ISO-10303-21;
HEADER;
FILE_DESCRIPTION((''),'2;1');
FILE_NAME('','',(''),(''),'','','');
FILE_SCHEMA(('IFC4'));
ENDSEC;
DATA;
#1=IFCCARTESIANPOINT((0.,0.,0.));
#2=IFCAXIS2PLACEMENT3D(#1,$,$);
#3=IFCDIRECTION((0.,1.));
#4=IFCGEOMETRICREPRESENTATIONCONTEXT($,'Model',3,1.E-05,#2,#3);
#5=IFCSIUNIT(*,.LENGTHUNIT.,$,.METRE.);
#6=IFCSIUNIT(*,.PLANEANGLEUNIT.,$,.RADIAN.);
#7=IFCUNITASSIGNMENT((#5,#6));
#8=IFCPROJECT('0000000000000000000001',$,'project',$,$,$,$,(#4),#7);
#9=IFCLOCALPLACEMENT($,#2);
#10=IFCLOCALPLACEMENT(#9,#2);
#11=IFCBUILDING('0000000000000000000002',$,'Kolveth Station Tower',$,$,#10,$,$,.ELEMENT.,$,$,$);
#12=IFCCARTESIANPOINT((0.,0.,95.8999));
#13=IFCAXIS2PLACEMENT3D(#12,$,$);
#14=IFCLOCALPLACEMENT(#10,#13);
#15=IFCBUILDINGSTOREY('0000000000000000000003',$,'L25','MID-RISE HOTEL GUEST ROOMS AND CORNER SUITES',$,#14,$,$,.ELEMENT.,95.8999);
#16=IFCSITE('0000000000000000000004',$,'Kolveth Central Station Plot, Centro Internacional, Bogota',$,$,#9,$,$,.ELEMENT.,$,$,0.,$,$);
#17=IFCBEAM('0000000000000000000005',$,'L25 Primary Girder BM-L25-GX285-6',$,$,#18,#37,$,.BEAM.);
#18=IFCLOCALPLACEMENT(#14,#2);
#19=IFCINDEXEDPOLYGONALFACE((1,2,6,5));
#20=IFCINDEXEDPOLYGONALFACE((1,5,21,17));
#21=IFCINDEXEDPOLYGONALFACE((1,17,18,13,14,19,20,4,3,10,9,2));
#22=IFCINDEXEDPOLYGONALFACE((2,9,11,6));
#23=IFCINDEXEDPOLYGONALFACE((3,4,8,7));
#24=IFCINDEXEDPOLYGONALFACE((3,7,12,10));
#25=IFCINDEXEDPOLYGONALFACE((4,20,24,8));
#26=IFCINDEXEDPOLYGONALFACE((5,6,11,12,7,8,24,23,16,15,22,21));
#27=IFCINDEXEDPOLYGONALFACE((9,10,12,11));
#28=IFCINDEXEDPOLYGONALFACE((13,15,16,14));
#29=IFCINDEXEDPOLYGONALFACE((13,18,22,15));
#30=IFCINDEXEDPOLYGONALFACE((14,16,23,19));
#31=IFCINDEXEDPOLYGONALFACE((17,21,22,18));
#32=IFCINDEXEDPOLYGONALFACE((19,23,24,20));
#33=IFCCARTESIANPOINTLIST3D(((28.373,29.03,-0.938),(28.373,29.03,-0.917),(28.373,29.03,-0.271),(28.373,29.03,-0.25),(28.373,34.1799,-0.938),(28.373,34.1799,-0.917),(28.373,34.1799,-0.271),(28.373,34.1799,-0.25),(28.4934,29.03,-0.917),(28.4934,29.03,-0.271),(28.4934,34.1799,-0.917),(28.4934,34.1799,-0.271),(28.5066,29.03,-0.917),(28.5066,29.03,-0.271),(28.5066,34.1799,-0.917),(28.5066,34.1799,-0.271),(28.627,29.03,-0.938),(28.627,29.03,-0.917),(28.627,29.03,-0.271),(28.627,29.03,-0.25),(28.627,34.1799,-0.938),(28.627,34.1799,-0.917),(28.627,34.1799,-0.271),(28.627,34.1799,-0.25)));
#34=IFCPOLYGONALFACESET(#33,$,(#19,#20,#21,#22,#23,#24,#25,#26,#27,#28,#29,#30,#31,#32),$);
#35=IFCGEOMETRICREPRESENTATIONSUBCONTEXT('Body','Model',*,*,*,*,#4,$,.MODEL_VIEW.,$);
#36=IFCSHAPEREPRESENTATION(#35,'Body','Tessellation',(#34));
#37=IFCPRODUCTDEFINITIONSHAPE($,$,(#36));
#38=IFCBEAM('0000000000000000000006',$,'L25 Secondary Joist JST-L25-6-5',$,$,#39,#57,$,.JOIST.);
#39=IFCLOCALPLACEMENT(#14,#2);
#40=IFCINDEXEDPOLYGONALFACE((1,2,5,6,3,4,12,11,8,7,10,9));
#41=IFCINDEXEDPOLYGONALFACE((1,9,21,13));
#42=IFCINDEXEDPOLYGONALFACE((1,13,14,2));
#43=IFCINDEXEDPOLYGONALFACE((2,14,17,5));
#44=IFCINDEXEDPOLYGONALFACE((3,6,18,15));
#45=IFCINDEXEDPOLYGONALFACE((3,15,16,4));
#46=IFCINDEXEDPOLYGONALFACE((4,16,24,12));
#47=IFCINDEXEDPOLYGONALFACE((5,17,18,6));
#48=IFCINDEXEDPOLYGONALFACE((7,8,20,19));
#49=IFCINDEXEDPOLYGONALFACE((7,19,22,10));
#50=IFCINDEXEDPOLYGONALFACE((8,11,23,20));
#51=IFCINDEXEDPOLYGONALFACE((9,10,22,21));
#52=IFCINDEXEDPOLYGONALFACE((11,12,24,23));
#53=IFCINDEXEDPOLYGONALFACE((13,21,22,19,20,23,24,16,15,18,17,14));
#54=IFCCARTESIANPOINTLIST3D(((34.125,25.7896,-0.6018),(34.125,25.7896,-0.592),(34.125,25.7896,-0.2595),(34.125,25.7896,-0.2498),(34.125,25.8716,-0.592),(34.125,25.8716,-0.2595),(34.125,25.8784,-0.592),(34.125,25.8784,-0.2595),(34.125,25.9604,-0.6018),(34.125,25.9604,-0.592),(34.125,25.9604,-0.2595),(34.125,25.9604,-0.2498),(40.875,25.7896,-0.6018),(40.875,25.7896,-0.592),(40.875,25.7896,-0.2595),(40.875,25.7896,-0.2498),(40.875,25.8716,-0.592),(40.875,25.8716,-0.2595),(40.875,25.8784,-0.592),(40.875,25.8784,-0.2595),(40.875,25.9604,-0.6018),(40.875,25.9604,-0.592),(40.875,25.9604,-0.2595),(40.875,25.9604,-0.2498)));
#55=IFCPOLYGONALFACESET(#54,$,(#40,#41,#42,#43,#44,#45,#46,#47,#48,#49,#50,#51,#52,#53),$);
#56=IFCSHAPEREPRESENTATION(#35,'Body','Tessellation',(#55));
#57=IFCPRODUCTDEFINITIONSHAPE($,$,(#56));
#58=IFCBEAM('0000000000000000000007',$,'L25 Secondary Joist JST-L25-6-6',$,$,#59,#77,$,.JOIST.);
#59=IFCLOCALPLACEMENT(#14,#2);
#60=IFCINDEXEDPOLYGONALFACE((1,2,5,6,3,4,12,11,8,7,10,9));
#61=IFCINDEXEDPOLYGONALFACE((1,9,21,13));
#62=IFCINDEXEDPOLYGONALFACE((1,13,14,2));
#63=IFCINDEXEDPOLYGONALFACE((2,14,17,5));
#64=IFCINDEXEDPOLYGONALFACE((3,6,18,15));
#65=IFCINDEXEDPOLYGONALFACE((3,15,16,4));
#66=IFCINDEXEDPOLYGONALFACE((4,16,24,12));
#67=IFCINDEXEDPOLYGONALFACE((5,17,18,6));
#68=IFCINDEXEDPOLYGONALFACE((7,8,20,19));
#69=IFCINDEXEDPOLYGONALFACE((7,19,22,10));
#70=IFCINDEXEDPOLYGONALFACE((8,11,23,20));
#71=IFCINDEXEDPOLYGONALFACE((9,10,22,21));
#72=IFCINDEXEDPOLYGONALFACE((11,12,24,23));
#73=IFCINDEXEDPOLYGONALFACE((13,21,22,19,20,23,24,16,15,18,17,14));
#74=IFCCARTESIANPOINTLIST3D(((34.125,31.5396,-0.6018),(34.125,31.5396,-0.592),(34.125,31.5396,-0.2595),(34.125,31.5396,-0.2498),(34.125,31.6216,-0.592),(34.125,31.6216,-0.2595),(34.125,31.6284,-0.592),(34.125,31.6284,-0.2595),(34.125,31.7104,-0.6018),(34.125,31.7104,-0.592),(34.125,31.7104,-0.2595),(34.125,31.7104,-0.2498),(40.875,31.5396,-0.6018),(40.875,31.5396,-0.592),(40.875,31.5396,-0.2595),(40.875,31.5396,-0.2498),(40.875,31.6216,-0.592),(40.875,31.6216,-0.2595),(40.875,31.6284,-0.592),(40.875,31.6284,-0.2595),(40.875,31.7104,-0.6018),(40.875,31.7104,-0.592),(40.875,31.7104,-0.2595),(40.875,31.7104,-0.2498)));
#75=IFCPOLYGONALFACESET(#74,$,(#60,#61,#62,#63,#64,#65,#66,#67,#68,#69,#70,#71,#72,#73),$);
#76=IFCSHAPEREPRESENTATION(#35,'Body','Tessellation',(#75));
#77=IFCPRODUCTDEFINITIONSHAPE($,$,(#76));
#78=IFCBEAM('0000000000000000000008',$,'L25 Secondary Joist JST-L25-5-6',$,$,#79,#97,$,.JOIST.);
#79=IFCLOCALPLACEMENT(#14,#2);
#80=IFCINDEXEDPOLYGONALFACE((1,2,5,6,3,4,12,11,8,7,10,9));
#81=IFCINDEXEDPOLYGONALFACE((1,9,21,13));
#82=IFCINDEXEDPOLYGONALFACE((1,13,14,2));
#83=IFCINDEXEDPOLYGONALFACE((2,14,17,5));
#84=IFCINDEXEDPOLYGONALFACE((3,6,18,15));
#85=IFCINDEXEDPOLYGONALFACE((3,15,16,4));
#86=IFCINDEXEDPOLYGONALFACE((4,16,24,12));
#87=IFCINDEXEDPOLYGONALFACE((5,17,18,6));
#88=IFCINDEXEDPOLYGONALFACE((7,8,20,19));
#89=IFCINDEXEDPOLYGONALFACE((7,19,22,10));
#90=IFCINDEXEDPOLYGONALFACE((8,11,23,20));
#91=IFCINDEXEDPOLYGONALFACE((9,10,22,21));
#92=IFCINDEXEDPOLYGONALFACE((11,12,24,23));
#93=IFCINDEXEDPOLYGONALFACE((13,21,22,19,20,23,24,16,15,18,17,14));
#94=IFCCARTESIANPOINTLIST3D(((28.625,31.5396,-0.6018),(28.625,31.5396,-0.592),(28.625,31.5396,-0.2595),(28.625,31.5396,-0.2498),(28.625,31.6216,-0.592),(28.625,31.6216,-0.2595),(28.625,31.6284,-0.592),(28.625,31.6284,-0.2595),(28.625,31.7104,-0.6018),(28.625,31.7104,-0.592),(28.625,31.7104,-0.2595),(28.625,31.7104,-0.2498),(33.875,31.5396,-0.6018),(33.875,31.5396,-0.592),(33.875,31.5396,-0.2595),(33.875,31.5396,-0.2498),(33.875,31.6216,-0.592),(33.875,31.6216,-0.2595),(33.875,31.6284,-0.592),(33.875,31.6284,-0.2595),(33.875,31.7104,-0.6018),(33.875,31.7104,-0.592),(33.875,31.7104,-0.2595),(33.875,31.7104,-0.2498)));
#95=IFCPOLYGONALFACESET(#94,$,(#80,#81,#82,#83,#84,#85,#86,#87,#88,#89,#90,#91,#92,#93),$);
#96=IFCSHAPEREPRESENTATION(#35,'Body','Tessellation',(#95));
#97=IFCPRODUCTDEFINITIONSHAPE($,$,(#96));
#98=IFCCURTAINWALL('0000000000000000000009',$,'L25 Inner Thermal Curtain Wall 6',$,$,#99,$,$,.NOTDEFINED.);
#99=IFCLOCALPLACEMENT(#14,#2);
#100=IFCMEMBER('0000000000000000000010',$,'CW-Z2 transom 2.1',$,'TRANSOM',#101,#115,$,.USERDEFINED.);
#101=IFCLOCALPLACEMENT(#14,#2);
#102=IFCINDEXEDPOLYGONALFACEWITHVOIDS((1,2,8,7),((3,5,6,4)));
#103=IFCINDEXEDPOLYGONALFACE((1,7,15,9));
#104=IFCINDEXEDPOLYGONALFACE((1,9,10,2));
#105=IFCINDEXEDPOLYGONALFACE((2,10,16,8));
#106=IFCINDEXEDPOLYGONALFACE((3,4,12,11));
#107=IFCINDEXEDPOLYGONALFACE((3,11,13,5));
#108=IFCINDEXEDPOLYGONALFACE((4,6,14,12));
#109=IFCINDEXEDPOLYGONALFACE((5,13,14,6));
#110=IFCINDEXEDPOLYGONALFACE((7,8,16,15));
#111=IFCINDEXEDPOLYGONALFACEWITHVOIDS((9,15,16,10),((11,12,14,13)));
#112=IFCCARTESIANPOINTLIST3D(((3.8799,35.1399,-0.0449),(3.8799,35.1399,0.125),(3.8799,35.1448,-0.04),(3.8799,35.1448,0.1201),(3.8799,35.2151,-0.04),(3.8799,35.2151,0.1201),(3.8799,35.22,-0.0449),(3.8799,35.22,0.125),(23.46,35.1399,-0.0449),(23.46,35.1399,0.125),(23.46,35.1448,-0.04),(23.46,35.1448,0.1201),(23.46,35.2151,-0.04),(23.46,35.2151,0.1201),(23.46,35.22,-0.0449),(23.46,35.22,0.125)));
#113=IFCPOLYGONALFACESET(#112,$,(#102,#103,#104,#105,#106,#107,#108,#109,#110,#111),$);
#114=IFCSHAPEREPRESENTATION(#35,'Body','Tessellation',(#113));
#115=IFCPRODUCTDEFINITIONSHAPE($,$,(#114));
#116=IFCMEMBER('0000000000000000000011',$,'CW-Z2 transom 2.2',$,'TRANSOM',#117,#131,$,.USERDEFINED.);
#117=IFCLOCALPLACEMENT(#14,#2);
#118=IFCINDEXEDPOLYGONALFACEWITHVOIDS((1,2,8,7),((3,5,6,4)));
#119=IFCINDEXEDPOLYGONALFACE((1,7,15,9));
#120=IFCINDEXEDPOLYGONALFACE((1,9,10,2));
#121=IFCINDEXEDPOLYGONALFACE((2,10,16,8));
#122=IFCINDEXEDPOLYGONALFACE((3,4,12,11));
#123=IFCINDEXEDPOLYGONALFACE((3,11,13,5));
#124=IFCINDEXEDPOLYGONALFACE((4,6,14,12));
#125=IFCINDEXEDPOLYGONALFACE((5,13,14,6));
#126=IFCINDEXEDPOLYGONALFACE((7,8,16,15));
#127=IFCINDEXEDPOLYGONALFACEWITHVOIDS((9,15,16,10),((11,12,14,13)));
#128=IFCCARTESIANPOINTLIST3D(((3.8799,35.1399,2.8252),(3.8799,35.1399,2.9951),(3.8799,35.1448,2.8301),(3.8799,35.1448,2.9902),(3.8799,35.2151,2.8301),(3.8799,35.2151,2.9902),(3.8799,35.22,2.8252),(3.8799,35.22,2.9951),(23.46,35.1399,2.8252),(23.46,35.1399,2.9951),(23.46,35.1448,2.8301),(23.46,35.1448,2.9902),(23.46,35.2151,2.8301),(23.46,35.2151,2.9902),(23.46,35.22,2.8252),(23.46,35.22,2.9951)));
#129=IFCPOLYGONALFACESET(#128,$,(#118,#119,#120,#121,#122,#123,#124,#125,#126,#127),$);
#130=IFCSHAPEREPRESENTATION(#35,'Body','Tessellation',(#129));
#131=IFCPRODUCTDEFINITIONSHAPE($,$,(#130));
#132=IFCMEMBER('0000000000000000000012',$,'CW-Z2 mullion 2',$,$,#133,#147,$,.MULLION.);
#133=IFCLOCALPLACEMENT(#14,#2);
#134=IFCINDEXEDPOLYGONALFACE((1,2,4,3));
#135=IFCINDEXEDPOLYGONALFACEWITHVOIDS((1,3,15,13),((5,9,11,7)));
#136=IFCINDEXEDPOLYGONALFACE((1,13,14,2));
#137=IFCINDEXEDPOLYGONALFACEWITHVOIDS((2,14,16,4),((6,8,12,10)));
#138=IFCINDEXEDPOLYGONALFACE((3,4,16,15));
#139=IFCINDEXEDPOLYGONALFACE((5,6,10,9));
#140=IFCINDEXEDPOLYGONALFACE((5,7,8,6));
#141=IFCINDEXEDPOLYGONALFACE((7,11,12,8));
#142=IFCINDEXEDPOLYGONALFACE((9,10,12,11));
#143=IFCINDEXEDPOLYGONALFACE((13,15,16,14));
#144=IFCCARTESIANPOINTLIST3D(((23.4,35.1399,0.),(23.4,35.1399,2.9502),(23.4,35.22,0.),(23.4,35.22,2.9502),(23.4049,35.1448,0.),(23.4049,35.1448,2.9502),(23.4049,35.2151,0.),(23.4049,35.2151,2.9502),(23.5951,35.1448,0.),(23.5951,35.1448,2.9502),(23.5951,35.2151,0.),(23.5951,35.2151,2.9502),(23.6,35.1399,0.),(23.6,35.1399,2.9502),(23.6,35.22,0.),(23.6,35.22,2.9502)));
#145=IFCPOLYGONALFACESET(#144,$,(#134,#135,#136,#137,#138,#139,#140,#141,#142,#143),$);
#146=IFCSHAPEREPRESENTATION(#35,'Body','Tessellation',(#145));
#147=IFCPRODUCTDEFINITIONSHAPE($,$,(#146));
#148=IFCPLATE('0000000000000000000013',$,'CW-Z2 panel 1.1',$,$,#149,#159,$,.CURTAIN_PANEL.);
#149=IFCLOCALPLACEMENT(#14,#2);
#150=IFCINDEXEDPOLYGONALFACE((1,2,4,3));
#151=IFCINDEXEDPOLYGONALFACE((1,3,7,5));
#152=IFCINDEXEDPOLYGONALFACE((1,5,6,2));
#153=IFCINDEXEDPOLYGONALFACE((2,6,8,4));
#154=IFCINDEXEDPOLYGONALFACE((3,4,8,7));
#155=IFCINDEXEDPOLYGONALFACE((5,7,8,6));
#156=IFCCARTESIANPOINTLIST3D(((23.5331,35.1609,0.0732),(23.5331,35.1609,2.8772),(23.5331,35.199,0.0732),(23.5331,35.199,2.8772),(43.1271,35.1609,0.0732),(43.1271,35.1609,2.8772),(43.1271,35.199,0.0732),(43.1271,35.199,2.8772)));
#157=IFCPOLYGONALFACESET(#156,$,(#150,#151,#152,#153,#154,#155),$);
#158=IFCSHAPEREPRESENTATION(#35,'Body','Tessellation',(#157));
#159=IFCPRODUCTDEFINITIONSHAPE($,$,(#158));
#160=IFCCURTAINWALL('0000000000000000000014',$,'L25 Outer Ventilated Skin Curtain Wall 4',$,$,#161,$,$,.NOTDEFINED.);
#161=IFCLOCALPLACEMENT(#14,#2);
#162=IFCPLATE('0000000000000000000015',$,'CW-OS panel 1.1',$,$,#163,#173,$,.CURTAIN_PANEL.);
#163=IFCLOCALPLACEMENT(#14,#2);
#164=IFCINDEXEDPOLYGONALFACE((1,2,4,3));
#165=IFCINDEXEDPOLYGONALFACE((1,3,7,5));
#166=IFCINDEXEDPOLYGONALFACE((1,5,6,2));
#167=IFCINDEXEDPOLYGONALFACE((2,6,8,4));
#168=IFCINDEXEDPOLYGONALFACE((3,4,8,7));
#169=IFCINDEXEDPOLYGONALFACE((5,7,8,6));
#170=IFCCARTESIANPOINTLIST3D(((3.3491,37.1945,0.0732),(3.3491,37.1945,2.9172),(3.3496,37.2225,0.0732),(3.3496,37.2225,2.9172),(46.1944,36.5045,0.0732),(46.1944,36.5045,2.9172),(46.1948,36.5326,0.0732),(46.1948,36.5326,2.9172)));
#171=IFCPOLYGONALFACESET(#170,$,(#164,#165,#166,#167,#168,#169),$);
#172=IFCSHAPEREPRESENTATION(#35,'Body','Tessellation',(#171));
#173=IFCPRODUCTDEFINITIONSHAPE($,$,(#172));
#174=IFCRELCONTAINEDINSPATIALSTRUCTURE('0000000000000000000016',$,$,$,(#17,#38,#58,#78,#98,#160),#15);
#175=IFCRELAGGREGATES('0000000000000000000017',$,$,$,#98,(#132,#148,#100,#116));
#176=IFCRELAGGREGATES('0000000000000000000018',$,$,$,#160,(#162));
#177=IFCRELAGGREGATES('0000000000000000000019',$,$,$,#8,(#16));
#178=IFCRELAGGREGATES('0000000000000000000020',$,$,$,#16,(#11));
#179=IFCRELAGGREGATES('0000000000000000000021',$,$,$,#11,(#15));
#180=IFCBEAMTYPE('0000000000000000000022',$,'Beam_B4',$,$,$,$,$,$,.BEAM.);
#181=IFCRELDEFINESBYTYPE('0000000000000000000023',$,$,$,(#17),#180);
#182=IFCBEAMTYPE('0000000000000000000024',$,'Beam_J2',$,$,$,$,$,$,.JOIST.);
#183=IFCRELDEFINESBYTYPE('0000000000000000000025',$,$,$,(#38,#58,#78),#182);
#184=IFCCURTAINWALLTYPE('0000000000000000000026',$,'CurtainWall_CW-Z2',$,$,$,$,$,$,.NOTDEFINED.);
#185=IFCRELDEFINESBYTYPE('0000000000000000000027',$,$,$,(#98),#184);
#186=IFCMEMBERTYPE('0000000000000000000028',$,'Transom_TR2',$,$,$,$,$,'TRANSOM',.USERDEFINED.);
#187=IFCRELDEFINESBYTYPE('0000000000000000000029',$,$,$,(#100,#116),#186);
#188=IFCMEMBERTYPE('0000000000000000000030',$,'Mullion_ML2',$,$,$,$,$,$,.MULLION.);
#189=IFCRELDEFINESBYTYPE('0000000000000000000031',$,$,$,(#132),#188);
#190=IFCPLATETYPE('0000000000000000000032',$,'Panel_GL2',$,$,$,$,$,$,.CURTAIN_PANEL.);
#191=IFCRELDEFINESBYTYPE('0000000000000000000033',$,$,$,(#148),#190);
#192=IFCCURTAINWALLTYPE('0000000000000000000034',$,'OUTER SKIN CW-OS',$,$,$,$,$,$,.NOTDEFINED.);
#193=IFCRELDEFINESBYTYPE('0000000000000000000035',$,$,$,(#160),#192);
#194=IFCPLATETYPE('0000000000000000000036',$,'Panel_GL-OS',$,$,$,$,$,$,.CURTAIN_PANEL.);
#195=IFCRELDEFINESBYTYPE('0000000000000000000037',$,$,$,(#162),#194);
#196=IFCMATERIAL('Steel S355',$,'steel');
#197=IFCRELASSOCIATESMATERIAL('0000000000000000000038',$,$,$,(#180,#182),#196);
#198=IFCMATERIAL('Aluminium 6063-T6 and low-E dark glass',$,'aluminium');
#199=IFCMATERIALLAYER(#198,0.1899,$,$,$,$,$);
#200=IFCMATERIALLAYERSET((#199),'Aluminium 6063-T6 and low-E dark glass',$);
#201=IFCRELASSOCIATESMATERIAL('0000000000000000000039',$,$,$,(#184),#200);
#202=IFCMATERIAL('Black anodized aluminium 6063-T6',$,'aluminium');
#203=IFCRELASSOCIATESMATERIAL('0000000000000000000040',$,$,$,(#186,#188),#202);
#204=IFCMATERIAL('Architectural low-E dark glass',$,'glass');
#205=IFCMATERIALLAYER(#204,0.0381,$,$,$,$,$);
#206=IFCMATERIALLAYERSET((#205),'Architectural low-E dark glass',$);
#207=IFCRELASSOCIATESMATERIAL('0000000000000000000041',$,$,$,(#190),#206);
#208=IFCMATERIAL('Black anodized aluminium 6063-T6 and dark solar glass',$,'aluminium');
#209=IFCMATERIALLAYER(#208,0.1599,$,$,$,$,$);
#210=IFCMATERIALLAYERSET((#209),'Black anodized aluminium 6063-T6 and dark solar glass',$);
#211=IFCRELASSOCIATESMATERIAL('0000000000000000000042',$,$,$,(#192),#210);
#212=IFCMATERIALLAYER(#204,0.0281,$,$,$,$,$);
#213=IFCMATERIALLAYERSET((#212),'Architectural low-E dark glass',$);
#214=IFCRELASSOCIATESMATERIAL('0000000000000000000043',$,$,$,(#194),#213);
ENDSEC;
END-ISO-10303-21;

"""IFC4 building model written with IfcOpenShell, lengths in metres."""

from ifc_helpers import new_model, si_unit, direction, frame, origin, origin_2d, place, context, subcontext, project, spatial, rectangle, hollow_rectangle, i_section, extrude, source, transform, mapped, material, layer, layer_set, material_profile, profile_set, type_object, element, aggregate, save


model = new_model("IFC4")

# Units and contexts
model_context = context("Model", 3, precision=1e-05, world=origin(), true_north=direction((0.0, 1.0)))
body_context = subcontext(model_context, "Body", "Model", "MODEL_VIEW")
ifc_project = project(units=[si_unit("LENGTHUNIT", "METRE"), si_unit("PLANEANGLEUNIT", "RADIAN")], contexts=[model_context])

# Site, building, storey
site_placement = place(None, origin())
site = spatial("IfcSite", under=ifc_project, at=site_placement, Name="Kolveth Central Station Plot, Centro Internacional, Bogota", CompositionType="ELEMENT", RefElevation=0.0)
building_placement = place(site_placement, origin())
building = spatial("IfcBuilding", under=site, at=building_placement, Name="Kolveth Station Tower", CompositionType="ELEMENT")
storey_placement = place(building_placement, frame((0.0, 0.0, 95.8999)))
storey = spatial("IfcBuildingStorey", under=building, at=storey_placement, Name="L25", Description="MID-RISE HOTEL GUEST ROOMS AND CORNER SUITES", CompositionType="ELEMENT", Elevation=95.8999)

# Shared definitions
ifc_material_1 = material(Name="Steel S355", Category="steel")

# Beams
ifc_material_profile_1 = material_profile(ifc_material_1, i_section(OverallWidth=0.2539, OverallDepth=0.688, WebThickness=0.0132, FlangeThickness=0.021, at=origin_2d()), Name="W690x152")
ifc_profile_set_1 = profile_set([ifc_material_profile_1], Name="Steel S355")
beam_type_1 = type_object("IfcBeamType", Name="Beam_B4", PredefinedType="BEAM", material=ifc_profile_set_1)
shared_shape_1 = source(origin(), body_context, "Body", "SweptSolid", [
    extrude(i_section(OverallWidth=0.2539, OverallDepth=0.688, WebThickness=0.0132, FlangeThickness=0.021, at=origin_2d()), origin(), (0.0, 0.0, 1.0), 5.1499),
])
beam_1_placement = place(storey_placement, frame((28.5, 29.03, -0.594), z_axis=(0.0, 1.0, 0.0), x_axis=(-1.0, 0.0, 0.0)))
element("IfcBeam", 1, at=beam_1_placement, inside=storey, type_object=beam_type_1, Name="L25 Primary Girder BM-L25-GX285-6", PredefinedType="BEAM", context=body_context, shape_type="MappedRepresentation", body=[
    mapped(shared_shape_1, transform((0.0, 0.0, 0.0), x_axis=(1.0, 0.0, 0.0), y_axis=(0.0, 1.0, 0.0), z_axis=(0.0, 0.0, 1.0), scale=1.0)),
])
ifc_material_profile_2 = material_profile(ifc_material_1, i_section(OverallWidth=0.1709, OverallDepth=0.3521, WebThickness=0.0068, FlangeThickness=0.0098, at=origin_2d()), Name="W360x44")
ifc_profile_set_2 = profile_set([ifc_material_profile_2], Name="Steel S355")
beam_type_2 = type_object("IfcBeamType", Name="Beam_J2", PredefinedType="JOIST", material=ifc_profile_set_2)
shared_shape_2 = source(origin(), body_context, "Body", "SweptSolid", [
    extrude(i_section(OverallWidth=0.1709, OverallDepth=0.3521, WebThickness=0.0068, FlangeThickness=0.0098, at=origin_2d()), origin(), (0.0, 0.0, 1.0), 6.75),
])
for number, where, z_axis, x_axis, name in (
    (2, (34.125, 25.875, -0.4258), (1.0, 0.0, 0.0), (0.0, 1.0, 0.0), "L25 Secondary Joist JST-L25-6-5"),
    (3, (34.125, 31.625, -0.4258), (1.0, 0.0, 0.0), (0.0, 1.0, 0.0), "L25 Secondary Joist JST-L25-6-6"),
):
    element("IfcBeam", number, at=place(storey_placement, frame(where, z_axis=z_axis, x_axis=x_axis)), inside=storey, type_object=beam_type_2, Name=name, PredefinedType="JOIST", context=body_context, shape_type="MappedRepresentation", body=[
        mapped(shared_shape_2, transform((0.0, 0.0, 0.0), x_axis=(1.0, 0.0, 0.0), y_axis=(0.0, 1.0, 0.0), z_axis=(0.0, 0.0, 1.0), scale=1.0)),
    ])
shared_shape_3 = source(origin(), body_context, "Body", "SweptSolid", [
    extrude(i_section(OverallWidth=0.1709, OverallDepth=0.3521, WebThickness=0.0068, FlangeThickness=0.0098, at=origin_2d()), origin(), (0.0, 0.0, 1.0), 5.25),
])
beam_2_placement = place(storey_placement, frame((28.625, 31.625, -0.4258), z_axis=(1.0, 0.0, 0.0), x_axis=(0.0, 1.0, 0.0)))
element("IfcBeam", 4, at=beam_2_placement, inside=storey, type_object=beam_type_2, Name="L25 Secondary Joist JST-L25-5-6", PredefinedType="JOIST", context=body_context, shape_type="MappedRepresentation", body=[
    mapped(shared_shape_3, transform((0.0, 0.0, 0.0), x_axis=(1.0, 0.0, 0.0), y_axis=(0.0, 1.0, 0.0), z_axis=(0.0, 0.0, 1.0), scale=1.0)),
])

# Curtain wall, members, plate
ifc_material_2 = material(Name="Aluminium 6063-T6 and low-E dark glass", Category="aluminium")
ifc_layer_1 = layer(ifc_material_2, 0.1899)
ifc_layer_set_1 = layer_set([ifc_layer_1], Name="Aluminium 6063-T6 and low-E dark glass")
curtain_wall_type_1 = type_object("IfcCurtainWallType", Name="CurtainWall_CW-Z2", PredefinedType="NOTDEFINED", material=ifc_layer_set_1)
curtain_wall_1_placement = place(storey_placement, origin())
curtain_wall_1 = element("IfcCurtainWall", 5, at=curtain_wall_1_placement, inside=storey, type_object=curtain_wall_type_1, Name="L25 Inner Thermal Curtain Wall 6", PredefinedType="NOTDEFINED")
ifc_material_3 = material(Name="Black anodized aluminium 6063-T6", Category="aluminium")
ifc_material_profile_3 = material_profile(ifc_material_3, hollow_rectangle(XDim=0.0801, YDim=0.1699, WallThickness=0.0049, at=origin_2d()), Name="ALU-80x170x5")
ifc_profile_set_3 = profile_set([ifc_material_profile_3], Name="Black anodized aluminium 6063-T6")
member_type_1 = type_object("IfcMemberType", Name="Transom_TR2", ElementType="TRANSOM", PredefinedType="USERDEFINED", material=ifc_profile_set_3)
shared_shape_4 = source(origin(), body_context, "Body", "SweptSolid", [
    extrude(hollow_rectangle(XDim=0.0801, YDim=0.1699, WallThickness=0.0049, at=origin_2d()), origin(), (0.0, 0.0, 1.0), 19.5801),
])
member_1_placement = place(storey_placement, frame((23.46, 35.1799, 0.04), z_axis=(-1.0, 0.0, 0.0), x_axis=(0.0, -1.0, 0.0)))
member_1 = element("IfcMember", 6, at=member_1_placement, type_object=member_type_1, Name="CW-Z2 transom 2.1", ObjectType="TRANSOM", PredefinedType="USERDEFINED", context=body_context, shape_type="MappedRepresentation", body=[
    mapped(shared_shape_4, transform((0.0, 0.0, 0.0), x_axis=(1.0, 0.0, 0.0), y_axis=(0.0, 1.0, 0.0), z_axis=(0.0, 0.0, 1.0), scale=1.0)),
])
member_2_placement = place(storey_placement, frame((23.46, 35.1799, 2.9102), z_axis=(-1.0, 0.0, 0.0), x_axis=(0.0, -1.0, 0.0)))
member_2 = element("IfcMember", 7, at=member_2_placement, type_object=member_type_1, Name="CW-Z2 transom 2.2", ObjectType="TRANSOM", PredefinedType="USERDEFINED", context=body_context, shape_type="MappedRepresentation", body=[
    mapped(shared_shape_4, transform((0.0, 0.0, 0.0), x_axis=(1.0, 0.0, 0.0), y_axis=(0.0, 1.0, 0.0), z_axis=(0.0, 0.0, 1.0), scale=1.0)),
])
ifc_material_profile_4 = material_profile(ifc_material_3, hollow_rectangle(XDim=0.0801, YDim=0.2, WallThickness=0.0049, at=origin_2d()), Name="ALU-80x200x5")
ifc_profile_set_4 = profile_set([ifc_material_profile_4], Name="Black anodized aluminium 6063-T6")
member_type_2 = type_object("IfcMemberType", Name="Mullion_ML2", PredefinedType="MULLION", material=ifc_profile_set_4)
shared_shape_5 = source(origin(), body_context, "Body", "SweptSolid", [
    extrude(hollow_rectangle(XDim=0.0801, YDim=0.2, WallThickness=0.0049, at=origin_2d()), origin(), (0.0, 0.0, 1.0), 2.9502),
])
member_3_placement = place(storey_placement, frame((23.5, 35.1799, 0.0), z_axis=(0.0, 0.0, 1.0), x_axis=(0.0, -1.0, 0.0)))
member_3 = element("IfcMember", 8, at=member_3_placement, type_object=member_type_2, Name="CW-Z2 mullion 2", PredefinedType="MULLION", context=body_context, shape_type="MappedRepresentation", body=[
    mapped(shared_shape_5, transform((0.0, 0.0, 0.0), x_axis=(1.0, 0.0, 0.0), y_axis=(0.0, 1.0, 0.0), z_axis=(0.0, 0.0, 1.0), scale=1.0)),
])
ifc_material_4 = material(Name="Architectural low-E dark glass", Category="glass")
ifc_layer_2 = layer(ifc_material_4, 0.0381)
ifc_layer_set_2 = layer_set([ifc_layer_2], Name="Architectural low-E dark glass")
plate_type_1 = type_object("IfcPlateType", Name="Panel_GL2", PredefinedType="CURTAIN_PANEL", material=ifc_layer_set_2)
shared_shape_6 = source(origin(), body_context, "Body", "SweptSolid", [
    extrude(rectangle(XDim=19.594, YDim=0.0381, at=origin_2d()), origin(), (0.0, 0.0, 1.0), 2.804),
])
plate_1_placement = place(storey_placement, frame((33.3301, 35.1799, 0.0732), z_axis=(0.0, 0.0, 1.0), x_axis=(-1.0, 0.0, 0.0)))
plate_1 = element("IfcPlate", 9, at=plate_1_placement, type_object=plate_type_1, Name="CW-Z2 panel 1.1", PredefinedType="CURTAIN_PANEL", context=body_context, shape_type="MappedRepresentation", body=[
    mapped(shared_shape_6, transform((0.0, 0.0, 0.0), x_axis=(1.0, 0.0, 0.0), y_axis=(0.0, 1.0, 0.0), z_axis=(0.0, 0.0, 1.0), scale=1.0)),
])
aggregate(curtain_wall_1, [member_3, plate_1, member_1, member_2])

# Curtain wall, plate
ifc_material_5 = material(Name="Black anodized aluminium 6063-T6 and dark solar glass", Category="aluminium")
ifc_layer_3 = layer(ifc_material_5, 0.1599)
ifc_layer_set_3 = layer_set([ifc_layer_3], Name="Black anodized aluminium 6063-T6 and dark solar glass")
curtain_wall_type_2 = type_object("IfcCurtainWallType", Name="OUTER SKIN CW-OS", PredefinedType="NOTDEFINED", material=ifc_layer_set_3)
curtain_wall_2_placement = place(storey_placement, origin())
curtain_wall_2 = element("IfcCurtainWall", 10, at=curtain_wall_2_placement, inside=storey, type_object=curtain_wall_type_2, Name="L25 Outer Ventilated Skin Curtain Wall 4", PredefinedType="NOTDEFINED")
ifc_layer_4 = layer(ifc_material_4, 0.0281)
ifc_layer_set_4 = layer_set([ifc_layer_4], Name="Architectural low-E dark glass")
plate_type_2 = type_object("IfcPlateType", Name="Panel_GL-OS", PredefinedType="CURTAIN_PANEL", material=ifc_layer_set_4)
shared_shape_7 = source(origin(), body_context, "Body", "SweptSolid", [
    extrude(rectangle(XDim=42.8508, YDim=0.0281, at=origin_2d()), origin(), (0.0, 0.0, 1.0), 2.844),
])
plate_2_placement = place(storey_placement, frame((24.772, 36.8635, 0.0732), z_axis=(0.0, 0.0, 1.0), x_axis=(-0.99987, 0.016101, 0.0)))
plate_2 = element("IfcPlate", 11, at=plate_2_placement, type_object=plate_type_2, Name="CW-OS panel 1.1", PredefinedType="CURTAIN_PANEL", context=body_context, shape_type="MappedRepresentation", body=[
    mapped(shared_shape_7, transform((0.0, 0.0, 0.0), x_axis=(1.0, 0.0, 0.0), y_axis=(0.0, 1.0, 0.0), z_axis=(0.0, 0.0, 1.0), scale=1.0)),
])
aggregate(curtain_wall_2, [plate_2])

save(model, "model.ifc")
